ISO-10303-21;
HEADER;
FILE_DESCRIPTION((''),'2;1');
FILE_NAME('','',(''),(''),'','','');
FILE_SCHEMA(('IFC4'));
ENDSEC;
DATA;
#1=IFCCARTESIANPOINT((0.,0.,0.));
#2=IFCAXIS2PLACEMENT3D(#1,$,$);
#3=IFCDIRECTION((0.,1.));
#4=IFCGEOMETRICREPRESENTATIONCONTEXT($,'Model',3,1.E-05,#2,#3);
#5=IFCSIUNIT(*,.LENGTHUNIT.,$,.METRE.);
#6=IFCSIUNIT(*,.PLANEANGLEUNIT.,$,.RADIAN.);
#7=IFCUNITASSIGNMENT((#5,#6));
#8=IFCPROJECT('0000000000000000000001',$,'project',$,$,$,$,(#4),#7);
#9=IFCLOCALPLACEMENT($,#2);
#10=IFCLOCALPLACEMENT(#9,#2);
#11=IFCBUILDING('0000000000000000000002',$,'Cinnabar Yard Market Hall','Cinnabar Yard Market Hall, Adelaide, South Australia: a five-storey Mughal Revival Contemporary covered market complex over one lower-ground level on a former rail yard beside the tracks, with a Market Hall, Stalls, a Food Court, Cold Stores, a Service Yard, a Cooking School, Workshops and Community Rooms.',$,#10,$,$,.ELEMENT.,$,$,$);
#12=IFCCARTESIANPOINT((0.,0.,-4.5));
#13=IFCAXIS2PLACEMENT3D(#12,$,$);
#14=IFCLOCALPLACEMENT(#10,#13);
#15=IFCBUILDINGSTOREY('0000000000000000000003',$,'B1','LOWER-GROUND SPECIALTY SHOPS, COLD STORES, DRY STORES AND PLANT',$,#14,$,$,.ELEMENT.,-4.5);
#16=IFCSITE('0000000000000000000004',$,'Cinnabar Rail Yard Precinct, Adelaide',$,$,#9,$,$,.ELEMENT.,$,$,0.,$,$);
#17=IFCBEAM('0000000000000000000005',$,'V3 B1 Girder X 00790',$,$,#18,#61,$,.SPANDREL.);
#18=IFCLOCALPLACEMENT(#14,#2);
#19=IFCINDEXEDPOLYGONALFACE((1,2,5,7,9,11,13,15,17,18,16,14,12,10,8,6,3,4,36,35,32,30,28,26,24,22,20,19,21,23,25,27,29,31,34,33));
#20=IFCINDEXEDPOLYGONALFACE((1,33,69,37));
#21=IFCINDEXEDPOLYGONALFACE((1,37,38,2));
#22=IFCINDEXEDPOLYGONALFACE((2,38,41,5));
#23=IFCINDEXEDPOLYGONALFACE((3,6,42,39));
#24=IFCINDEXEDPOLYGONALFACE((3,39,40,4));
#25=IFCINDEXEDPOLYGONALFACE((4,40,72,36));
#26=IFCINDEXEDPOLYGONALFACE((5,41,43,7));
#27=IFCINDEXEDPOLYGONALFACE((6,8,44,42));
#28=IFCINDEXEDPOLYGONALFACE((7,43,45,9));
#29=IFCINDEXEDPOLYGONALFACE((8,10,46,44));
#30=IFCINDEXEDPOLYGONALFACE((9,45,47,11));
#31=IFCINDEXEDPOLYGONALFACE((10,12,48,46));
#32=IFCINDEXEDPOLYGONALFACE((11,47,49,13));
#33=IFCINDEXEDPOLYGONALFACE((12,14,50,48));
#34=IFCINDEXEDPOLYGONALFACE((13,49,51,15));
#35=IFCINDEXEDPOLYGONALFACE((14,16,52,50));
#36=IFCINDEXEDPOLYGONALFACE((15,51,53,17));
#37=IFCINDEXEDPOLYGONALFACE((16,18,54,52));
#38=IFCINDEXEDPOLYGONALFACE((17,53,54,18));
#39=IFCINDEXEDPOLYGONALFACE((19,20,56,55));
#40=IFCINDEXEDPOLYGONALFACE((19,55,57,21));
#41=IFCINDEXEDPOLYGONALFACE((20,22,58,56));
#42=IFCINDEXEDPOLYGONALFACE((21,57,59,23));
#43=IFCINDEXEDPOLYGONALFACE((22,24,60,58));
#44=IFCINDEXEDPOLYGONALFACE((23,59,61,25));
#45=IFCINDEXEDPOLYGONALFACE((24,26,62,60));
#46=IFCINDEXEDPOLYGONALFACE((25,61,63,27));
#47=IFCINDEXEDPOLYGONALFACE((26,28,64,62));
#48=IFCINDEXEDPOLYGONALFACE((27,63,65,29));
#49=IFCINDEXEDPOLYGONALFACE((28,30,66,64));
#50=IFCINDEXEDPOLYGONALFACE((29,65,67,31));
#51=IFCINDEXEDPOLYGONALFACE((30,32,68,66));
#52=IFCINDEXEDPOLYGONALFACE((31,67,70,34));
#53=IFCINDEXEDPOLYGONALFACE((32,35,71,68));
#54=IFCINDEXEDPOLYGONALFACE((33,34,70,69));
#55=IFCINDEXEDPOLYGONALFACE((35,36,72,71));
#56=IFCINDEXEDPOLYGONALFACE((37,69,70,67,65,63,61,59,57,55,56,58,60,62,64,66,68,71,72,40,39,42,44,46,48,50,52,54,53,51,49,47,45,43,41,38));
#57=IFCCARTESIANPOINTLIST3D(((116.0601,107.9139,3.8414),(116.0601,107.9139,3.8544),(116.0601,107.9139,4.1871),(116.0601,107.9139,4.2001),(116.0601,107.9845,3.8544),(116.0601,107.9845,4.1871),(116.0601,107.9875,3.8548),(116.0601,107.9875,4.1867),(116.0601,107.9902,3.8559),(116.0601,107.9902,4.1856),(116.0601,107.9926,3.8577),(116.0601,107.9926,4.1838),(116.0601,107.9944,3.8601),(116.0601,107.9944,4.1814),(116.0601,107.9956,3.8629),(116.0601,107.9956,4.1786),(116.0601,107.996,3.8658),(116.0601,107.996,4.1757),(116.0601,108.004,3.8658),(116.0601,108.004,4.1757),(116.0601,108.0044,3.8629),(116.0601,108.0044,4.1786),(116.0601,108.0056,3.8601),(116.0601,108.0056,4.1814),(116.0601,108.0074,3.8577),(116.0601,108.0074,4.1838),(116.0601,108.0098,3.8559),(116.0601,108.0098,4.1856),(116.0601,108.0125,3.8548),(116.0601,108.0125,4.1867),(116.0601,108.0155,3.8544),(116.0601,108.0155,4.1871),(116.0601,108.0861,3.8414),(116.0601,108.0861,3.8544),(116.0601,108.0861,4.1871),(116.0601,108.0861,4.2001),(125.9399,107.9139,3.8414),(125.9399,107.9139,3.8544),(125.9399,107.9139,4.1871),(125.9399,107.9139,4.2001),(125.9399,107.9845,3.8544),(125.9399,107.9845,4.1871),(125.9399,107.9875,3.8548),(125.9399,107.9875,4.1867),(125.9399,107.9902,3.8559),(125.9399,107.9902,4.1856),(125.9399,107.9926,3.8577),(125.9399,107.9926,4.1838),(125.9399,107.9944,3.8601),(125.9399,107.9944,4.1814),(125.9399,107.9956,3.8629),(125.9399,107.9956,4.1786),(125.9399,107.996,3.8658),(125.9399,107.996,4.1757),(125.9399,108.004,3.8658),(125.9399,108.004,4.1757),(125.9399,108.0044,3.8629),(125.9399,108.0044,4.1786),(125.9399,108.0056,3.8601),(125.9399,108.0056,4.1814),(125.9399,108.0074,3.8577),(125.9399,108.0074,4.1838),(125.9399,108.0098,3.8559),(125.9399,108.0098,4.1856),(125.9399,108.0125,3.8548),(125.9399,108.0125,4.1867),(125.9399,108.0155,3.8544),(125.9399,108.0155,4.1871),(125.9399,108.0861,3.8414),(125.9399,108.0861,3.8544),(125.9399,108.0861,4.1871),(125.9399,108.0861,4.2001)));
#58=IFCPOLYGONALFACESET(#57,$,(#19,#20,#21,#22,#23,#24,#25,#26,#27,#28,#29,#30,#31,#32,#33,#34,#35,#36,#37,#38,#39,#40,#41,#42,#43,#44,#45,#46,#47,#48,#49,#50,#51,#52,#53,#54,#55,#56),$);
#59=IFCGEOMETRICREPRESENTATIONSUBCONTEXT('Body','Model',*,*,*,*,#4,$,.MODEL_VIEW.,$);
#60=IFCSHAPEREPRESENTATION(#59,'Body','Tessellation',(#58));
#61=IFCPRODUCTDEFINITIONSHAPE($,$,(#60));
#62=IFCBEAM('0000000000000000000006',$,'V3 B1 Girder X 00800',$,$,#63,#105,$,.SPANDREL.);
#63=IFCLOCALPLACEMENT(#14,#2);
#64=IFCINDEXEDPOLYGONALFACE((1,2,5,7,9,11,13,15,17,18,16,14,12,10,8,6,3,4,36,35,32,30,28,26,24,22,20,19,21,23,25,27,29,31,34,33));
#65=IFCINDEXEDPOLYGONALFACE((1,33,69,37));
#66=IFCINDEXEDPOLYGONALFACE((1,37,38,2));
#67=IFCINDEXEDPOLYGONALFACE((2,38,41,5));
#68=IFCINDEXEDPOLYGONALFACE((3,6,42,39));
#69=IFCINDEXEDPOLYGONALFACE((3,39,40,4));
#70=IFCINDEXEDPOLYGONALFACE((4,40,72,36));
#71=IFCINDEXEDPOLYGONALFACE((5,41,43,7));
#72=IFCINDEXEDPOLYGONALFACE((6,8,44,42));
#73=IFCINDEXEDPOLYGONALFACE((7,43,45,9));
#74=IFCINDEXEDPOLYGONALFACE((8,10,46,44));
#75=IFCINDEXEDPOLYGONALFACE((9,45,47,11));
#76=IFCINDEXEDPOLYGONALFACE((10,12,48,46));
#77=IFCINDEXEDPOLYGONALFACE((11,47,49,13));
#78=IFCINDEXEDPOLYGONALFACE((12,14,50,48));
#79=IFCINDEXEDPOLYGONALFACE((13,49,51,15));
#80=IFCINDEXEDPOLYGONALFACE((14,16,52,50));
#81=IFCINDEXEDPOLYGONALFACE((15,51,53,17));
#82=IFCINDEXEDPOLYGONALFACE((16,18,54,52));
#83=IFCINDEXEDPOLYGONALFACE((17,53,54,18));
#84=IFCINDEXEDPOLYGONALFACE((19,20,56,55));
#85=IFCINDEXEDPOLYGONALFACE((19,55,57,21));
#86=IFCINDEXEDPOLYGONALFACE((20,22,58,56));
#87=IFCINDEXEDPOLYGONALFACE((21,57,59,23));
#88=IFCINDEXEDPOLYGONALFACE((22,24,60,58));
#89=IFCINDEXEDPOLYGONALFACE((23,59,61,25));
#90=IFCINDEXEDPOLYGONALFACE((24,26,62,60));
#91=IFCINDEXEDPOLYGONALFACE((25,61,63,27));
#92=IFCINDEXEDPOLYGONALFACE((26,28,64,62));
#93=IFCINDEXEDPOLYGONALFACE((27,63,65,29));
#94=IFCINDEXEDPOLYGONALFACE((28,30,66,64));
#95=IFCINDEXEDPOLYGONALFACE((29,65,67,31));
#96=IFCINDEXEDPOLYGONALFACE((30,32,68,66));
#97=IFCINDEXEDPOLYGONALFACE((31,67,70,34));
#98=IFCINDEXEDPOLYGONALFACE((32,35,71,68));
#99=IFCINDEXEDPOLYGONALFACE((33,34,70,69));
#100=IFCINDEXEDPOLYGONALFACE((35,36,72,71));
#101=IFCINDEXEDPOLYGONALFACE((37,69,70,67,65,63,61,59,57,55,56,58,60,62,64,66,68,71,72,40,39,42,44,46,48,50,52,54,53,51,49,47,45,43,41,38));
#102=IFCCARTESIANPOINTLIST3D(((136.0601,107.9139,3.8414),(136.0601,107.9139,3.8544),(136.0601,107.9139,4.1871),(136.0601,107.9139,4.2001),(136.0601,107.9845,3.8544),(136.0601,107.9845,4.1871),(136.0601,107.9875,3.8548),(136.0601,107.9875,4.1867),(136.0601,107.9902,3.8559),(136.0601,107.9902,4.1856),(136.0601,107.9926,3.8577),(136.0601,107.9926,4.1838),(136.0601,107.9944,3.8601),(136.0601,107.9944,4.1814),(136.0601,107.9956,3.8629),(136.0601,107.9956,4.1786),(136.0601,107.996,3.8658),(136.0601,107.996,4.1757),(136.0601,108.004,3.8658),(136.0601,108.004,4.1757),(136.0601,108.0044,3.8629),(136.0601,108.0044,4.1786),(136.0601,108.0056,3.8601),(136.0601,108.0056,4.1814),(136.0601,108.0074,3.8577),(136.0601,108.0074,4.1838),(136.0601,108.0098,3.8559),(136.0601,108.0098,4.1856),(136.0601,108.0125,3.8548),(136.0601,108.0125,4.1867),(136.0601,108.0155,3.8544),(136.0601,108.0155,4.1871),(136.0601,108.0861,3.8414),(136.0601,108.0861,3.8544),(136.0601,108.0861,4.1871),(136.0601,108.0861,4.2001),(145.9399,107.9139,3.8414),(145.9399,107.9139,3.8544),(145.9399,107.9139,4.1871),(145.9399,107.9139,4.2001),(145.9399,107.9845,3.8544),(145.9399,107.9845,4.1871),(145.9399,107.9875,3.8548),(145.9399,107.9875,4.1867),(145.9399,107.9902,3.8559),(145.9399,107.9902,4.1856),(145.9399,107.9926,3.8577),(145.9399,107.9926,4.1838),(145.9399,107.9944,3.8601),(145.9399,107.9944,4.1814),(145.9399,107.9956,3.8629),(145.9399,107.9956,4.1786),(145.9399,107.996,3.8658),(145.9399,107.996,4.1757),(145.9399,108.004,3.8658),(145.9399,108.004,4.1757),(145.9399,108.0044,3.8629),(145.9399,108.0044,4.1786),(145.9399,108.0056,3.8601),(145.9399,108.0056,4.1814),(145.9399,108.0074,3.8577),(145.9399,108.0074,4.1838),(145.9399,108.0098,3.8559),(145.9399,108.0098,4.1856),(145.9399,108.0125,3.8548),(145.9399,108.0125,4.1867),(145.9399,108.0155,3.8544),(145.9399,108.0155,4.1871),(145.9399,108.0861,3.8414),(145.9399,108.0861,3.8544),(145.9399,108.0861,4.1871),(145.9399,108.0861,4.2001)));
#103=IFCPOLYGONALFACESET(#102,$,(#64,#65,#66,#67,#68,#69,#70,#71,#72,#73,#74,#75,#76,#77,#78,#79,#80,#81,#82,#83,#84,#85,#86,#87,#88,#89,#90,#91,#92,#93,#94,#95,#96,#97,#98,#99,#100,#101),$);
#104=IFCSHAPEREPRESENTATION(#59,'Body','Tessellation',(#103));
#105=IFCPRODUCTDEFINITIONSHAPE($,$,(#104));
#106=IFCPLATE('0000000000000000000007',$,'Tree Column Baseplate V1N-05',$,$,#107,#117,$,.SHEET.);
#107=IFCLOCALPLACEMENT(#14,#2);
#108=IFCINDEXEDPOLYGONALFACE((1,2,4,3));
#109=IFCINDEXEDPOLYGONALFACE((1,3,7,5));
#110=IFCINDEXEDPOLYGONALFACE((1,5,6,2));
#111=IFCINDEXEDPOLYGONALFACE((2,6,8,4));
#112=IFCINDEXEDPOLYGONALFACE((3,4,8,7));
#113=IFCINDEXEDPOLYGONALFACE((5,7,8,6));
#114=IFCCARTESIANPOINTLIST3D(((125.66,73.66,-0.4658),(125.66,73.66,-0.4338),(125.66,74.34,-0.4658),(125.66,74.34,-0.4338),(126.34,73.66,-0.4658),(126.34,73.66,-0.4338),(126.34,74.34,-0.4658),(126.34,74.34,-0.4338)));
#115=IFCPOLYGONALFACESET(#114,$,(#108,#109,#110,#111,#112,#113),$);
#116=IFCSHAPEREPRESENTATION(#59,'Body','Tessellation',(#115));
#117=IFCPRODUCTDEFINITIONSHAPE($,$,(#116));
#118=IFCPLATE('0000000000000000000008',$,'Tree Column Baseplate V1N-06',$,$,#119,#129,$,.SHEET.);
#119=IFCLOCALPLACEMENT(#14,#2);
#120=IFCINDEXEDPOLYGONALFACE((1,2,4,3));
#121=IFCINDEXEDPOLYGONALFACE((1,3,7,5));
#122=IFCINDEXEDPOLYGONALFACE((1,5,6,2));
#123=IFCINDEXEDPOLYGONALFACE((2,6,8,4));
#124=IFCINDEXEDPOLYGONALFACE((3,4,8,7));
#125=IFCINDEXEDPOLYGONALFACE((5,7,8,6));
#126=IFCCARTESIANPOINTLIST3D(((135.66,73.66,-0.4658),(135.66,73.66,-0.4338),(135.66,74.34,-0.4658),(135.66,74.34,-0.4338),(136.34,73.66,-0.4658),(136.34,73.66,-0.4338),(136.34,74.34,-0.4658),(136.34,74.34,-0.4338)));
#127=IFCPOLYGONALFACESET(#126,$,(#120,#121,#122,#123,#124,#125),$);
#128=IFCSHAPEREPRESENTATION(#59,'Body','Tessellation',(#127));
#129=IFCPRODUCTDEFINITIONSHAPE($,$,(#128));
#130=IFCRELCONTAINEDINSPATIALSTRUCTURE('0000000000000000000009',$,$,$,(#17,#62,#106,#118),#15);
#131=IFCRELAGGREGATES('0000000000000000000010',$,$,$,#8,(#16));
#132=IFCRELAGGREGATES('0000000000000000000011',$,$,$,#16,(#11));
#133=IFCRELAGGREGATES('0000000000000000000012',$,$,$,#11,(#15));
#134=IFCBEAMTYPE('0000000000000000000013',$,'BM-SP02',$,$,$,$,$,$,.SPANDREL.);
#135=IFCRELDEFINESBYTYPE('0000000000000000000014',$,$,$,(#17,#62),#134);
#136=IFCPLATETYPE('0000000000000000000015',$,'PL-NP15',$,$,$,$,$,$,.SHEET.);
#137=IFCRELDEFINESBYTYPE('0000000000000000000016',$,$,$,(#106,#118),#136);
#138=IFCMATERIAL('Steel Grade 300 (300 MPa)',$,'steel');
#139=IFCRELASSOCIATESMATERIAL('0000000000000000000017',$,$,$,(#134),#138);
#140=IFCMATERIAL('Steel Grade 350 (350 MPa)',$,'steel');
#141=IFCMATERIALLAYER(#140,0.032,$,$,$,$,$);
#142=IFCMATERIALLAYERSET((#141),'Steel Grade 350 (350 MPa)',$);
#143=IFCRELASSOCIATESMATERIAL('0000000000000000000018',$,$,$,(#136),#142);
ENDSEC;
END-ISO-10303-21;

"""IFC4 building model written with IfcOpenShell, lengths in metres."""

from ifc_helpers import new_model, si_unit, direction, frame, origin, origin_2d_with_axis, place, context, subcontext, project, spatial, rectangle, i_section, extrude, material, layer, layer_set, material_profile, profile_set, type_object, element, save


model = new_model("IFC4")

# Units and contexts
model_context = context("Model", 3, precision=1e-05, world=origin(), true_north=direction((0.0, 1.0)))
body_context = subcontext(model_context, "Body", "Model", "MODEL_VIEW")
ifc_project = project(units=[si_unit("LENGTHUNIT", "METRE"), si_unit("PLANEANGLEUNIT", "RADIAN")], contexts=[model_context])

# Site, building, storey
site_placement = place(None, origin())
site = spatial("IfcSite", under=ifc_project, at=site_placement, Name="Cinnabar Rail Yard Precinct, Adelaide", CompositionType="ELEMENT", RefElevation=0.0)
building_placement = place(site_placement, origin())
building = spatial("IfcBuilding", under=site, at=building_placement, Name="Cinnabar Yard Market Hall", Description="Cinnabar Yard Market Hall, Adelaide, South Australia: a five-storey Mughal Revival Contemporary covered market complex over one lower-ground level on a former rail yard beside the tracks, with a Market Hall, Stalls, a Food Court, Cold Stores, a Service Yard, a Cooking School, Workshops and Community Rooms.", CompositionType="ELEMENT")
storey_placement = place(building_placement, frame((0.0, 0.0, -4.5)))
storey = spatial("IfcBuildingStorey", under=building, at=storey_placement, Name="B1", Description="LOWER-GROUND SPECIALTY SHOPS, COLD STORES, DRY STORES AND PLANT", CompositionType="ELEMENT", Elevation=-4.5)

# Shared definitions
ifc_material_1 = material(Name="Steel Grade 300 (300 MPa)", Category="steel")

# Beams
ifc_material_profile_1 = material_profile(ifc_material_1, i_section(OverallWidth=0.1721, OverallDepth=0.3586, WebThickness=0.0081, FlangeThickness=0.0129, FilletRadius=0.0115, at=origin_2d_with_axis()), Name="360UB56.7")
ifc_profile_set_1 = profile_set([ifc_material_profile_1], Name="Steel Grade 300 (300 MPa)")
beam_type_1 = type_object("IfcBeamType", Name="BM-SP02", PredefinedType="SPANDREL", material=ifc_profile_set_1)
for number, where, z_axis, x_axis, name in (
    (1, (116.0601, 108.0, 4.0208), (1.0, 0.0, 0.0), (0.0, 1.0, 0.0), "V3 B1 Girder X 00790"),
    (2, (136.0601, 108.0, 4.0208), (1.0, 0.0, 0.0), (0.0, 1.0, 0.0), "V3 B1 Girder X 00800"),
):
    element("IfcBeam", number, at=place(storey_placement, frame(where, z_axis=z_axis, x_axis=x_axis)), inside=storey, type_object=beam_type_1, Name=name, PredefinedType="SPANDREL", context=body_context, shape_type="SweptSolid", body=[
        extrude(i_section(OverallWidth=0.1721, OverallDepth=0.3586, WebThickness=0.0081, FlangeThickness=0.0129, FilletRadius=0.0115, at=origin_2d_with_axis()), origin(), (0.0, 0.0, 1.0), 9.8799),
    ])

# Plates
ifc_material_2 = material(Name="Steel Grade 350 (350 MPa)", Category="steel")
ifc_layer_1 = layer(ifc_material_2, 0.032)
ifc_layer_set_1 = layer_set([ifc_layer_1], Name="Steel Grade 350 (350 MPa)")
plate_type = type_object("IfcPlateType", Name="PL-NP15", PredefinedType="SHEET", material=ifc_layer_set_1)
for number, where, z_axis, x_axis, name in (
    (3, (126.0, 74.0, -0.4658), (0.0, 0.0, 1.0), (1.0, 0.0, 0.0), "Tree Column Baseplate V1N-05"),
    (4, (136.0, 74.0, -0.4658), (0.0, 0.0, 1.0), (1.0, 0.0, 0.0), "Tree Column Baseplate V1N-06"),
):
    element("IfcPlate", number, at=place(storey_placement, frame(where, z_axis=z_axis, x_axis=x_axis)), inside=storey, type_object=plate_type, Name=name, PredefinedType="SHEET", context=body_context, shape_type="SweptSolid", body=[
        extrude(rectangle(XDim=0.6799, YDim=0.6799, at=origin_2d_with_axis()), origin(), (0.0, 0.0, 1.0), 0.032),
    ])

save(model, "model.ifc")
